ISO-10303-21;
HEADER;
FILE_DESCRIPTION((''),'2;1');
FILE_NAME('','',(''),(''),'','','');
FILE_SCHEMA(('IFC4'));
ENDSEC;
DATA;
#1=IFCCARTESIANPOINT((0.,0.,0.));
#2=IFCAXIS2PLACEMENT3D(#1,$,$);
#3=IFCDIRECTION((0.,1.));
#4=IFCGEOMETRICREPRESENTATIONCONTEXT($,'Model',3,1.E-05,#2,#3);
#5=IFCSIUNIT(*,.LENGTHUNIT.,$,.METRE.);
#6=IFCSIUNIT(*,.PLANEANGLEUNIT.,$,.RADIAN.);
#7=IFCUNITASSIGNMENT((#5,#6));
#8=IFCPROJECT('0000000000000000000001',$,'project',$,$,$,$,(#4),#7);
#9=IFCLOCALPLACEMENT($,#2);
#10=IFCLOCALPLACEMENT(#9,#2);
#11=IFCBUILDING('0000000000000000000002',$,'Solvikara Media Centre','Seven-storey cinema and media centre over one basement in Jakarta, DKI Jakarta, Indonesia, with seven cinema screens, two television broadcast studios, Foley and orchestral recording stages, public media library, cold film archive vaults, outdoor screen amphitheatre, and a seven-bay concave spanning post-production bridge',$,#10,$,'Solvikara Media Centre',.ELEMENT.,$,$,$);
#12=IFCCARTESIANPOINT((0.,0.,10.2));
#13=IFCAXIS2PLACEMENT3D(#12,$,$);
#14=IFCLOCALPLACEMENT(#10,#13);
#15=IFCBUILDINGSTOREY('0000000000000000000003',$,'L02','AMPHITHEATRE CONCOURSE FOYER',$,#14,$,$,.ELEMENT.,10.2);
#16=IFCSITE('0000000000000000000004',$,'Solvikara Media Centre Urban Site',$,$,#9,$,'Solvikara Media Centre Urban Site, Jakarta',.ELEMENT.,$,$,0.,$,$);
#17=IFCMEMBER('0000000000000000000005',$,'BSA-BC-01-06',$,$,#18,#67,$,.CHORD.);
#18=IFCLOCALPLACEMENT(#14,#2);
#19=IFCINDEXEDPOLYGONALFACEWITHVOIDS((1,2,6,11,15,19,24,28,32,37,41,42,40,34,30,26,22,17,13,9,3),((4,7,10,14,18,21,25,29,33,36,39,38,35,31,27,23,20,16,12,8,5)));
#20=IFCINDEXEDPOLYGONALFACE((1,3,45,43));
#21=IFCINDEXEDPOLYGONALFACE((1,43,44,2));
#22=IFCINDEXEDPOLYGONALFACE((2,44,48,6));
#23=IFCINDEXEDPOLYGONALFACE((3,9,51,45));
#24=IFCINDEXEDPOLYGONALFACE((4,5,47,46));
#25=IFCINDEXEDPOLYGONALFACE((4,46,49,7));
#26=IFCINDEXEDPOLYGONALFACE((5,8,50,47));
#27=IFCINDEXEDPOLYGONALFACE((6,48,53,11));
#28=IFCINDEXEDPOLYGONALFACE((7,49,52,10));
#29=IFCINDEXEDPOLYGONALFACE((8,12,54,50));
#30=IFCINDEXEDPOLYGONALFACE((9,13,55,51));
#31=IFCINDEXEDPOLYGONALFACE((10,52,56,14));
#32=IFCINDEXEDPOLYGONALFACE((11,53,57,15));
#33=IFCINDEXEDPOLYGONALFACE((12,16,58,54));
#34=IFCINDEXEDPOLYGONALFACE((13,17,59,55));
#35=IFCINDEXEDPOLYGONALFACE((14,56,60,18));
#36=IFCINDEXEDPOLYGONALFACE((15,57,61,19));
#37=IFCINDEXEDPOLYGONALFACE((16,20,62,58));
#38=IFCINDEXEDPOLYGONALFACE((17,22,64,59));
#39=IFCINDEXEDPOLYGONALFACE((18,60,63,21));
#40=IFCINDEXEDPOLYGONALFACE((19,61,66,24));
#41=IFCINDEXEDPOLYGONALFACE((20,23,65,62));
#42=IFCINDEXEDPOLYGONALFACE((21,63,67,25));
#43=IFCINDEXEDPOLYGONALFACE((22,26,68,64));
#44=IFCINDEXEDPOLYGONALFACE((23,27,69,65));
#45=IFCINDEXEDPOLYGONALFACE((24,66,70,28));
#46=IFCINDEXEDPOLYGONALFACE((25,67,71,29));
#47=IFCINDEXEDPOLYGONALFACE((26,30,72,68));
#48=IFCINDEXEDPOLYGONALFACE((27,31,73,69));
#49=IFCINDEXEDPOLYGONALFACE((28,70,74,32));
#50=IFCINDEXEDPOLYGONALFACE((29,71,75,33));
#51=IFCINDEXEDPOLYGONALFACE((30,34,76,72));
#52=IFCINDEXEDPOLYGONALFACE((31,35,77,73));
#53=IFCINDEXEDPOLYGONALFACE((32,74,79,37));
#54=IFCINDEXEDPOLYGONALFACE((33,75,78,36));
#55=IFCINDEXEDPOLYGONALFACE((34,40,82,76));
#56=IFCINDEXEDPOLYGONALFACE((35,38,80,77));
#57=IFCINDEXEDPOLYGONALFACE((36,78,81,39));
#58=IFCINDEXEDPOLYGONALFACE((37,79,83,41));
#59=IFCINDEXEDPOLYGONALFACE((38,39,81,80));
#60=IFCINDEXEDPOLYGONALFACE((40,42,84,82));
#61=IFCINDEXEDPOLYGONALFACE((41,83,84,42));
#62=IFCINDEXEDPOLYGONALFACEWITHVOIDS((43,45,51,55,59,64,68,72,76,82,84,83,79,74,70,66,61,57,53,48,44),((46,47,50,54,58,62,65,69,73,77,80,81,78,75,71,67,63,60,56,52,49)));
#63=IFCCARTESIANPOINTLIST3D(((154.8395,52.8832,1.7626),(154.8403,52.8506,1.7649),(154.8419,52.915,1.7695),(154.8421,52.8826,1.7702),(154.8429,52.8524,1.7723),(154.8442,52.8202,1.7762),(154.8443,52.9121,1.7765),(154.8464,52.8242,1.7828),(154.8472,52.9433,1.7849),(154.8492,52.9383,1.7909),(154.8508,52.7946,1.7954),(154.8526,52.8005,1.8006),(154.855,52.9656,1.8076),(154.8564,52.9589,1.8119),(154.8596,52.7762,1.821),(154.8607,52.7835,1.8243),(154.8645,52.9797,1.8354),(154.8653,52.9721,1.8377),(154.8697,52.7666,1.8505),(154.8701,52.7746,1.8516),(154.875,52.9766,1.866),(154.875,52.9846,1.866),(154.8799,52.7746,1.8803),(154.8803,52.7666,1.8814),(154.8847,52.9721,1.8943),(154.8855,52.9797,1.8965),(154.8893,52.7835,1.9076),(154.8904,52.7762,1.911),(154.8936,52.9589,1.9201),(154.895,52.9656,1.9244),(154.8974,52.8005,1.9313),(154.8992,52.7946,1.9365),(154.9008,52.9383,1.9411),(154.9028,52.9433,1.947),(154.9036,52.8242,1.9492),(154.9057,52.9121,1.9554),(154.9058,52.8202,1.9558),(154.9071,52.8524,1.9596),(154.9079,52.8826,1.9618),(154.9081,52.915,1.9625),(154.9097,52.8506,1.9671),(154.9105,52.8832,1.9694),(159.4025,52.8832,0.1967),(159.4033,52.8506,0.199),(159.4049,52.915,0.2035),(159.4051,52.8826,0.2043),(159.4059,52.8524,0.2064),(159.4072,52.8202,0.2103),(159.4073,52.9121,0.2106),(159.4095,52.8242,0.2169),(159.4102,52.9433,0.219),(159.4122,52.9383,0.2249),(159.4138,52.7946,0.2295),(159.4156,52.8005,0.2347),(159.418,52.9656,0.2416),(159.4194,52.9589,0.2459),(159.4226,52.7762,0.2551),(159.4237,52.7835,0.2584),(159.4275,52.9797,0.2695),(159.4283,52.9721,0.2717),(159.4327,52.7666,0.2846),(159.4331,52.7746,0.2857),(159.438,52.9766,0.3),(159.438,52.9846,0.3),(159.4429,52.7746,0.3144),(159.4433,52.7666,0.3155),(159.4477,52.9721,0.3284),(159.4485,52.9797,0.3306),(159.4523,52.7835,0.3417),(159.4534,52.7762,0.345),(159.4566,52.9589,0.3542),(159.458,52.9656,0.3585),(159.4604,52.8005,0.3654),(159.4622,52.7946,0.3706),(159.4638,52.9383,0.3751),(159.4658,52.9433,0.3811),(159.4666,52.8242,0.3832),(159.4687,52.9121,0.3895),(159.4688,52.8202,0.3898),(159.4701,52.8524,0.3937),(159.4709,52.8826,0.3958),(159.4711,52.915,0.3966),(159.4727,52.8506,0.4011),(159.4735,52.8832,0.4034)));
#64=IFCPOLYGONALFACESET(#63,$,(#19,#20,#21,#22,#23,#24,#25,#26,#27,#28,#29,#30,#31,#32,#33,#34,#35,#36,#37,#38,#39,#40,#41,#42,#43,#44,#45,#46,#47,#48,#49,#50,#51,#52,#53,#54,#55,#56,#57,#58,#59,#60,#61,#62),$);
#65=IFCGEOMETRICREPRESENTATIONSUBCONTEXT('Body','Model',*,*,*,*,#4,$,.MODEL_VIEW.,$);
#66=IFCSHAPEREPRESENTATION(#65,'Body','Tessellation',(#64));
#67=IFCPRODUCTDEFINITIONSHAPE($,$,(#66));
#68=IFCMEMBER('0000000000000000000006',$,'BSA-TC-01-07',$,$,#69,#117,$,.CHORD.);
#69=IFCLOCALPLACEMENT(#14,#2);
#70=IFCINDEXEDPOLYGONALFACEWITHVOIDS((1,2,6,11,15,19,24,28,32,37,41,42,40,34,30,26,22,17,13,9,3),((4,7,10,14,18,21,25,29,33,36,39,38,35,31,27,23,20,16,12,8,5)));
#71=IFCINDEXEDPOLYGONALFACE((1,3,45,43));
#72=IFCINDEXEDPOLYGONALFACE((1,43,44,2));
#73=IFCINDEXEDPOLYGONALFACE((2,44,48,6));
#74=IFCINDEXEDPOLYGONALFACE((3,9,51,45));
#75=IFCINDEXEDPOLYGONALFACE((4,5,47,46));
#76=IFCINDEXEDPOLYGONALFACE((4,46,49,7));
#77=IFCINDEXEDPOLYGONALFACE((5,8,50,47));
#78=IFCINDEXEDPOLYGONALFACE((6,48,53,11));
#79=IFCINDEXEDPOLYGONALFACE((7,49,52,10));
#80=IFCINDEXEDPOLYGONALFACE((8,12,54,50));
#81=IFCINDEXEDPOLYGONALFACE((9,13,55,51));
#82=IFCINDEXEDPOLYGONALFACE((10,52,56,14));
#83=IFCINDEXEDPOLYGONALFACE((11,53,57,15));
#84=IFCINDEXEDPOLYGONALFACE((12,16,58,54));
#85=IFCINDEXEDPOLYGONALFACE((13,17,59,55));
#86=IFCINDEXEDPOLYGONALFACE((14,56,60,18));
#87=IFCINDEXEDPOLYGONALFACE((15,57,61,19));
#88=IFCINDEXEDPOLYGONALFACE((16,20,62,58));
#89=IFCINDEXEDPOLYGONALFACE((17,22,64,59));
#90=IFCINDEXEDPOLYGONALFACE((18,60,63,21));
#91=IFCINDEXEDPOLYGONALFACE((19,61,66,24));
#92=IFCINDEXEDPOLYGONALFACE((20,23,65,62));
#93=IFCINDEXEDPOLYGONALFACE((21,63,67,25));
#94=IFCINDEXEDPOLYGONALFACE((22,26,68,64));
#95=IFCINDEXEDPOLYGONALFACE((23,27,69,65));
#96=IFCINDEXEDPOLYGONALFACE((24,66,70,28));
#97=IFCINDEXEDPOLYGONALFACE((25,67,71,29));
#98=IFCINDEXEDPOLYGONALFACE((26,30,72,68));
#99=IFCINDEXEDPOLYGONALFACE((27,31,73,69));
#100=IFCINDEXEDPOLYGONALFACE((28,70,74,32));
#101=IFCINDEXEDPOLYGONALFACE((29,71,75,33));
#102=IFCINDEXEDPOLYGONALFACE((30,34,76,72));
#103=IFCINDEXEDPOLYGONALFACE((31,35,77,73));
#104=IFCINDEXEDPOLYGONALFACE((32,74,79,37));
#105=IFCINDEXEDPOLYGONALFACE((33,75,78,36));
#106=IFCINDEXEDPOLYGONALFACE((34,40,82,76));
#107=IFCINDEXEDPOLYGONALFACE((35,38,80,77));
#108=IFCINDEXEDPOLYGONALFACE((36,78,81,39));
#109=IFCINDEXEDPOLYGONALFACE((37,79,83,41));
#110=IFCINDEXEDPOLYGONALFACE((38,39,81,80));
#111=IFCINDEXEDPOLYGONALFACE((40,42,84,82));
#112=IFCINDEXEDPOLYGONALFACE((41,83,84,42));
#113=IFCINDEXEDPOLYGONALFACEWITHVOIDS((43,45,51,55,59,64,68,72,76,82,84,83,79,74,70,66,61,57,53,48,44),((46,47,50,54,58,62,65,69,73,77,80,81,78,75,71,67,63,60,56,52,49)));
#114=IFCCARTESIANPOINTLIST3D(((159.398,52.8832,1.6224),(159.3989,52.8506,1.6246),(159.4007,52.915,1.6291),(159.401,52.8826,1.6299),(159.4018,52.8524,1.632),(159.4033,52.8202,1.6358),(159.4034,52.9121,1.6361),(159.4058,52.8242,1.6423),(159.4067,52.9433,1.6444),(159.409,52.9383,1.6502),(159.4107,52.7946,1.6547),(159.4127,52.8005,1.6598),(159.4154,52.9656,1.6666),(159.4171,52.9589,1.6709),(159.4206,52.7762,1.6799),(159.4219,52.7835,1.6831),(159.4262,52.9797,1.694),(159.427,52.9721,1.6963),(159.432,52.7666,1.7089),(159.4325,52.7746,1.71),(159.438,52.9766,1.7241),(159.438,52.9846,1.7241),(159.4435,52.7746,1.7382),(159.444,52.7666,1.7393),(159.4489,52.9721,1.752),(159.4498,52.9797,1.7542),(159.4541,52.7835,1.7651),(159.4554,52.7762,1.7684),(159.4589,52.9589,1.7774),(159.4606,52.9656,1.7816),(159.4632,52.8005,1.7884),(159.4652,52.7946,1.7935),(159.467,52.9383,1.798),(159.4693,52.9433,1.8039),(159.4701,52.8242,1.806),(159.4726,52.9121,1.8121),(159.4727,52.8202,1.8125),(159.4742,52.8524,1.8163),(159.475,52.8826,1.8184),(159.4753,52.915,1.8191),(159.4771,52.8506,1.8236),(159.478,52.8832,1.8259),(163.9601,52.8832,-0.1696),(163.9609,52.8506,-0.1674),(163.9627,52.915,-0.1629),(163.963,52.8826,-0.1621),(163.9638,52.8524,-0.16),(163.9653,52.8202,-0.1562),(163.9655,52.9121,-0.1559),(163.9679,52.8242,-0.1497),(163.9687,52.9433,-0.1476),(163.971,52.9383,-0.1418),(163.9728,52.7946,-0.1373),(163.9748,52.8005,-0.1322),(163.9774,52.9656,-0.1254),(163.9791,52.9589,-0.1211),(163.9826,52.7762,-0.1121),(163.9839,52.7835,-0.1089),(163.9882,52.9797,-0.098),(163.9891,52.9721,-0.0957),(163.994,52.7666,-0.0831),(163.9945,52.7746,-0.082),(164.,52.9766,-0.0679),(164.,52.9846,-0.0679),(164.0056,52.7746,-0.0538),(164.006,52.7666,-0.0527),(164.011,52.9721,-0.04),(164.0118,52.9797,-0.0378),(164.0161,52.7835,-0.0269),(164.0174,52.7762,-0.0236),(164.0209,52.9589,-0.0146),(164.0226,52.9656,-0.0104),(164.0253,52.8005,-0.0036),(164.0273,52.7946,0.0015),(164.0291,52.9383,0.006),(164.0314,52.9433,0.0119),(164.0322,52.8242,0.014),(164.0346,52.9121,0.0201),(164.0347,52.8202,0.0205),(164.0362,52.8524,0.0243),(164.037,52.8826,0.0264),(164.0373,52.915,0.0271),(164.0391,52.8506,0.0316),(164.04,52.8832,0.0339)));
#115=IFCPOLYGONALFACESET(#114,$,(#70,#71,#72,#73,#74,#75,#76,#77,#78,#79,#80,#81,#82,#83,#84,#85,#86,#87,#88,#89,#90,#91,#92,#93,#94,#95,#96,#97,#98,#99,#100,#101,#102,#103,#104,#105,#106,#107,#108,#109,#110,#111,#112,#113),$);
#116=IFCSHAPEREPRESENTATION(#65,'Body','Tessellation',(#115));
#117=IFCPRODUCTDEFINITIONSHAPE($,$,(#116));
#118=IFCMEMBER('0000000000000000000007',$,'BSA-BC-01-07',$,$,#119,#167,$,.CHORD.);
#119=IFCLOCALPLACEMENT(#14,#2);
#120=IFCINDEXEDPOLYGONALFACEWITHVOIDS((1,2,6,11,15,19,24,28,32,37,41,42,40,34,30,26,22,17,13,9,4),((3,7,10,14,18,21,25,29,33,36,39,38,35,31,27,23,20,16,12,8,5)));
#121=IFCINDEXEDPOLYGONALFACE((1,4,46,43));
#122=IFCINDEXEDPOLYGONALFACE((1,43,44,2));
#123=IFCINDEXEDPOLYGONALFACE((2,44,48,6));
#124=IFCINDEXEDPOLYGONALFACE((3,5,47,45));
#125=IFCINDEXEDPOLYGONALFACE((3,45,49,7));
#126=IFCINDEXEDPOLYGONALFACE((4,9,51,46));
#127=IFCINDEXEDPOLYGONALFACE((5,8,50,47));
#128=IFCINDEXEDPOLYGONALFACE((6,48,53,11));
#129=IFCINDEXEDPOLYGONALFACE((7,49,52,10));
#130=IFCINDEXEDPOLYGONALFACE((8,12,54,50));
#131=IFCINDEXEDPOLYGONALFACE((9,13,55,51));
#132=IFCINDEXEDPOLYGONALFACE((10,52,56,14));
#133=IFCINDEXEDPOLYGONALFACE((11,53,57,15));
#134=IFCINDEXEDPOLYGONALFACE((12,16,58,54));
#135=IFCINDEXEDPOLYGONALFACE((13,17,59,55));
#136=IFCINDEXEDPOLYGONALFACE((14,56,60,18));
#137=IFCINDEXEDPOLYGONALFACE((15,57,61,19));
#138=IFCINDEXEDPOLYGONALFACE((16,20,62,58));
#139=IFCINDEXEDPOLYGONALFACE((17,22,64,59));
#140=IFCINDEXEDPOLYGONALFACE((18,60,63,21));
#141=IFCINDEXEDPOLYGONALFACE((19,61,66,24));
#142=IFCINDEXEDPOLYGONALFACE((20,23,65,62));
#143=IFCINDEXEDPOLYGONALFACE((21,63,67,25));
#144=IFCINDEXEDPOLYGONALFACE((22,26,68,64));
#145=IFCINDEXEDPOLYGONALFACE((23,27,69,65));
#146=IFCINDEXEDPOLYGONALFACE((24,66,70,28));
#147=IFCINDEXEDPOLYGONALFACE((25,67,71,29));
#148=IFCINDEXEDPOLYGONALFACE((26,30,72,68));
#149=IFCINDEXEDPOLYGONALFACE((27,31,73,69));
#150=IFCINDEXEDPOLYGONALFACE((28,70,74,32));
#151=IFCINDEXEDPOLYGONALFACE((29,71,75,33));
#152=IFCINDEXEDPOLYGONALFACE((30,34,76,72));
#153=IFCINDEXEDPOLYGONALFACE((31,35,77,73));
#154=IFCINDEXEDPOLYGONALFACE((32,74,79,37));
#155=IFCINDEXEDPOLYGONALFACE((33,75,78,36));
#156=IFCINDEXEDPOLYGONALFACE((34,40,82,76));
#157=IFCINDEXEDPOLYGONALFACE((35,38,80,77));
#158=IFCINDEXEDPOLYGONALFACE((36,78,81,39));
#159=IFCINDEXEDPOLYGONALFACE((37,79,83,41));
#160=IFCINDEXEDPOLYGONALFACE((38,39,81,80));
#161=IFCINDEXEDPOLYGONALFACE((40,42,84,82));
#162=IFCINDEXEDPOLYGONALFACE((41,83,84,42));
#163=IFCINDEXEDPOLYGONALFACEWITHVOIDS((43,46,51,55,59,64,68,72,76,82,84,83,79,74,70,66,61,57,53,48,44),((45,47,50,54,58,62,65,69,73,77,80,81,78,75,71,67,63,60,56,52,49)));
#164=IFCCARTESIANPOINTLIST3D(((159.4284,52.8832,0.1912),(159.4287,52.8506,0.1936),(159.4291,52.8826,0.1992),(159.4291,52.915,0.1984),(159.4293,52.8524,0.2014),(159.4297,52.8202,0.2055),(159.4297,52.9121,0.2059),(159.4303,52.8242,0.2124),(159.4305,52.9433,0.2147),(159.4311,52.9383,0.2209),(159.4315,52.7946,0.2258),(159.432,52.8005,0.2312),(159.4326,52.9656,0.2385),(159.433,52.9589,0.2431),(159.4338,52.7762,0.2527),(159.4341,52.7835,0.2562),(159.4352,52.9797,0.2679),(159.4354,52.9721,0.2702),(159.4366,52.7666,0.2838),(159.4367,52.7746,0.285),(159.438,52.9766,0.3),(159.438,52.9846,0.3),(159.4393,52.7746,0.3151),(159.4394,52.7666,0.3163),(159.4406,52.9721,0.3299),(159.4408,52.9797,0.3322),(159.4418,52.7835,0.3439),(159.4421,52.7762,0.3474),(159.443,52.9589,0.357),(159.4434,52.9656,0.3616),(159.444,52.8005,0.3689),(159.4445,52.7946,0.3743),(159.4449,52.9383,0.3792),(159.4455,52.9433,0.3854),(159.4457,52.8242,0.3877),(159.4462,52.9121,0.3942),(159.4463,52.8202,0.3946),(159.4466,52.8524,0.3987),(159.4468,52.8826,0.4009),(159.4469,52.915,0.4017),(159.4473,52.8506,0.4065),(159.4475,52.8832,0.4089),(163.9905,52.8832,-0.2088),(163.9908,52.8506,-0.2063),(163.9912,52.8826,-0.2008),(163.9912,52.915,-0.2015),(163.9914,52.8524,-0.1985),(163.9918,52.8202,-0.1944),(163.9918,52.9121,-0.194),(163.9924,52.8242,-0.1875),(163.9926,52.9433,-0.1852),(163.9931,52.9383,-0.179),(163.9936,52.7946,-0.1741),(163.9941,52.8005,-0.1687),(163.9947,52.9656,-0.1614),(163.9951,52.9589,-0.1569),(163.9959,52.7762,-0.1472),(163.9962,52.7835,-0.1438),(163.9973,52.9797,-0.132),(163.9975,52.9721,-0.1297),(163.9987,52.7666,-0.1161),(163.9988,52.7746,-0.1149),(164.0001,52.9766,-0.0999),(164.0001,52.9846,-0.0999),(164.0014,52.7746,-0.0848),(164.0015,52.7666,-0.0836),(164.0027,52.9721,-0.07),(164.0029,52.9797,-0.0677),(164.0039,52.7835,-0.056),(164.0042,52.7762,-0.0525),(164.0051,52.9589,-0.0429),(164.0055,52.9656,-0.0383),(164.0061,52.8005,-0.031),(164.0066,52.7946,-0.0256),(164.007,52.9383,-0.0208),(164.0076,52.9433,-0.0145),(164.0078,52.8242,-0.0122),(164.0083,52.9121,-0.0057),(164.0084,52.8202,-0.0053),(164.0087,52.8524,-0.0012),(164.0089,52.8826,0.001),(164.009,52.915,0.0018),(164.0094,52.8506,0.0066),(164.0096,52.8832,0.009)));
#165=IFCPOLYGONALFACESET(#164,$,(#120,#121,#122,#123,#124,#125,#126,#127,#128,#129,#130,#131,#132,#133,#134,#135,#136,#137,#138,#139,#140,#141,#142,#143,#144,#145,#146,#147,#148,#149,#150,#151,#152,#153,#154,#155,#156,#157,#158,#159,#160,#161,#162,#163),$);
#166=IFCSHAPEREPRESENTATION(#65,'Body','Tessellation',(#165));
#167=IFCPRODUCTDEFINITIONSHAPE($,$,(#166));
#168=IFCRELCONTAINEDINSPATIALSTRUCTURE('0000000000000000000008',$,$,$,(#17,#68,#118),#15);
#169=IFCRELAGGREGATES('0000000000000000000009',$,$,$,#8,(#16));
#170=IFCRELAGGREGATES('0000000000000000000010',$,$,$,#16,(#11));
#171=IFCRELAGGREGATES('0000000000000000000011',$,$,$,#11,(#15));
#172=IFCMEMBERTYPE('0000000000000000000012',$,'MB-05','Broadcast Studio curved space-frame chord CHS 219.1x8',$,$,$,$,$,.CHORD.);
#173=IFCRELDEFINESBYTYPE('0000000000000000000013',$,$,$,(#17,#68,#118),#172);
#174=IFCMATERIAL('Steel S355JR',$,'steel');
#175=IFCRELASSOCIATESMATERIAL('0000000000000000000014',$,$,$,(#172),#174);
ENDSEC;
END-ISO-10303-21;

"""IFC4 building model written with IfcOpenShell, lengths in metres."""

from ifc_helpers import new_model, si_unit, direction, frame, origin, origin_2d, place, context, subcontext, project, spatial, hollow_circle, extrude, material, material_profile, profile_set, type_object, element, save


model = new_model("IFC4")

# Units and contexts
model_context = context("Model", 3, precision=1e-05, world=origin(), true_north=direction((0.0, 1.0)))
body_context = subcontext(model_context, "Body", "Model", "MODEL_VIEW")
ifc_project = project(units=[si_unit("LENGTHUNIT", "METRE"), si_unit("PLANEANGLEUNIT", "RADIAN")], contexts=[model_context])

# Site, building, storey
site_placement = place(None, origin())
site = spatial("IfcSite", under=ifc_project, at=site_placement, Name="Solvikara Media Centre Urban Site", LongName="Solvikara Media Centre Urban Site, Jakarta", CompositionType="ELEMENT", RefElevation=0.0)
building_placement = place(site_placement, origin())
building = spatial("IfcBuilding", under=site, at=building_placement, Name="Solvikara Media Centre", Description="Seven-storey cinema and media centre over one basement in Jakarta, DKI Jakarta, Indonesia, with seven cinema screens, two television broadcast studios, Foley and orchestral recording stages, public media library, cold film archive vaults, outdoor screen amphitheatre, and a seven-bay concave spanning post-production bridge", LongName="Solvikara Media Centre", CompositionType="ELEMENT")
storey_placement = place(building_placement, frame((0.0, 0.0, 10.2)))
storey = spatial("IfcBuildingStorey", under=building, at=storey_placement, Name="L02", Description="AMPHITHEATRE CONCOURSE FOYER", CompositionType="ELEMENT", Elevation=10.2)

# Shared definitions
ifc_material_1 = material(Name="Steel S355JR", Category="steel")

# Members
ifc_material_profile_1 = material_profile(ifc_material_1, hollow_circle(Radius=0.1096, WallThickness=0.0081, at=origin_2d()), Name="CHS 219.1x8")
ifc_profile_set_1 = profile_set([ifc_material_profile_1], Name="Steel S355JR")
member_type_1 = type_object("IfcMemberType", Name="MB-05", Description="Broadcast Studio curved space-frame chord CHS 219.1x8", PredefinedType="CHORD", material=ifc_profile_set_1)
member_1_placement = place(storey_placement, frame((154.875, 52.875, 1.866), z_axis=(0.945853, 0.0, -0.324596), x_axis=(0.0, 1.0, 0.0)))
element("IfcMember", 1, at=member_1_placement, inside=storey, type_object=member_type_1, Name="BSA-BC-01-06", PredefinedType="CHORD", context=body_context, shape_type="SweptSolid", body=[
    extrude(hollow_circle(Radius=0.1096, WallThickness=0.0081, at=origin_2d()), origin(), (0.0, 0.0, 1.0), 4.8242),
])
member_2_placement = place(storey_placement, frame((159.438, 52.875, 1.7241), z_axis=(0.930767, 0.0, -0.365612), x_axis=(0.0, 1.0, 0.0)))
element("IfcMember", 2, at=member_2_placement, inside=storey, type_object=member_type_1, Name="BSA-TC-01-07", PredefinedType="CHORD", context=body_context, shape_type="SweptSolid", body=[
    extrude(hollow_circle(Radius=0.1096, WallThickness=0.0081, at=origin_2d()), origin(), (0.0, 0.0, 1.0), 4.9014),
])
member_3_placement = place(storey_placement, frame((159.438, 52.875, 0.3), z_axis=(0.99618, 0.0, -0.087324), x_axis=(0.0, 1.0, 0.0)))
element("IfcMember", 3, at=member_3_placement, inside=storey, type_object=member_type_1, Name="BSA-BC-01-07", PredefinedType="CHORD", context=body_context, shape_type="SweptSolid", body=[
    extrude(hollow_circle(Radius=0.1096, WallThickness=0.0081, at=origin_2d()), origin(), (0.0, 0.0, 1.0), 4.5796),
])

save(model, "model.ifc")
